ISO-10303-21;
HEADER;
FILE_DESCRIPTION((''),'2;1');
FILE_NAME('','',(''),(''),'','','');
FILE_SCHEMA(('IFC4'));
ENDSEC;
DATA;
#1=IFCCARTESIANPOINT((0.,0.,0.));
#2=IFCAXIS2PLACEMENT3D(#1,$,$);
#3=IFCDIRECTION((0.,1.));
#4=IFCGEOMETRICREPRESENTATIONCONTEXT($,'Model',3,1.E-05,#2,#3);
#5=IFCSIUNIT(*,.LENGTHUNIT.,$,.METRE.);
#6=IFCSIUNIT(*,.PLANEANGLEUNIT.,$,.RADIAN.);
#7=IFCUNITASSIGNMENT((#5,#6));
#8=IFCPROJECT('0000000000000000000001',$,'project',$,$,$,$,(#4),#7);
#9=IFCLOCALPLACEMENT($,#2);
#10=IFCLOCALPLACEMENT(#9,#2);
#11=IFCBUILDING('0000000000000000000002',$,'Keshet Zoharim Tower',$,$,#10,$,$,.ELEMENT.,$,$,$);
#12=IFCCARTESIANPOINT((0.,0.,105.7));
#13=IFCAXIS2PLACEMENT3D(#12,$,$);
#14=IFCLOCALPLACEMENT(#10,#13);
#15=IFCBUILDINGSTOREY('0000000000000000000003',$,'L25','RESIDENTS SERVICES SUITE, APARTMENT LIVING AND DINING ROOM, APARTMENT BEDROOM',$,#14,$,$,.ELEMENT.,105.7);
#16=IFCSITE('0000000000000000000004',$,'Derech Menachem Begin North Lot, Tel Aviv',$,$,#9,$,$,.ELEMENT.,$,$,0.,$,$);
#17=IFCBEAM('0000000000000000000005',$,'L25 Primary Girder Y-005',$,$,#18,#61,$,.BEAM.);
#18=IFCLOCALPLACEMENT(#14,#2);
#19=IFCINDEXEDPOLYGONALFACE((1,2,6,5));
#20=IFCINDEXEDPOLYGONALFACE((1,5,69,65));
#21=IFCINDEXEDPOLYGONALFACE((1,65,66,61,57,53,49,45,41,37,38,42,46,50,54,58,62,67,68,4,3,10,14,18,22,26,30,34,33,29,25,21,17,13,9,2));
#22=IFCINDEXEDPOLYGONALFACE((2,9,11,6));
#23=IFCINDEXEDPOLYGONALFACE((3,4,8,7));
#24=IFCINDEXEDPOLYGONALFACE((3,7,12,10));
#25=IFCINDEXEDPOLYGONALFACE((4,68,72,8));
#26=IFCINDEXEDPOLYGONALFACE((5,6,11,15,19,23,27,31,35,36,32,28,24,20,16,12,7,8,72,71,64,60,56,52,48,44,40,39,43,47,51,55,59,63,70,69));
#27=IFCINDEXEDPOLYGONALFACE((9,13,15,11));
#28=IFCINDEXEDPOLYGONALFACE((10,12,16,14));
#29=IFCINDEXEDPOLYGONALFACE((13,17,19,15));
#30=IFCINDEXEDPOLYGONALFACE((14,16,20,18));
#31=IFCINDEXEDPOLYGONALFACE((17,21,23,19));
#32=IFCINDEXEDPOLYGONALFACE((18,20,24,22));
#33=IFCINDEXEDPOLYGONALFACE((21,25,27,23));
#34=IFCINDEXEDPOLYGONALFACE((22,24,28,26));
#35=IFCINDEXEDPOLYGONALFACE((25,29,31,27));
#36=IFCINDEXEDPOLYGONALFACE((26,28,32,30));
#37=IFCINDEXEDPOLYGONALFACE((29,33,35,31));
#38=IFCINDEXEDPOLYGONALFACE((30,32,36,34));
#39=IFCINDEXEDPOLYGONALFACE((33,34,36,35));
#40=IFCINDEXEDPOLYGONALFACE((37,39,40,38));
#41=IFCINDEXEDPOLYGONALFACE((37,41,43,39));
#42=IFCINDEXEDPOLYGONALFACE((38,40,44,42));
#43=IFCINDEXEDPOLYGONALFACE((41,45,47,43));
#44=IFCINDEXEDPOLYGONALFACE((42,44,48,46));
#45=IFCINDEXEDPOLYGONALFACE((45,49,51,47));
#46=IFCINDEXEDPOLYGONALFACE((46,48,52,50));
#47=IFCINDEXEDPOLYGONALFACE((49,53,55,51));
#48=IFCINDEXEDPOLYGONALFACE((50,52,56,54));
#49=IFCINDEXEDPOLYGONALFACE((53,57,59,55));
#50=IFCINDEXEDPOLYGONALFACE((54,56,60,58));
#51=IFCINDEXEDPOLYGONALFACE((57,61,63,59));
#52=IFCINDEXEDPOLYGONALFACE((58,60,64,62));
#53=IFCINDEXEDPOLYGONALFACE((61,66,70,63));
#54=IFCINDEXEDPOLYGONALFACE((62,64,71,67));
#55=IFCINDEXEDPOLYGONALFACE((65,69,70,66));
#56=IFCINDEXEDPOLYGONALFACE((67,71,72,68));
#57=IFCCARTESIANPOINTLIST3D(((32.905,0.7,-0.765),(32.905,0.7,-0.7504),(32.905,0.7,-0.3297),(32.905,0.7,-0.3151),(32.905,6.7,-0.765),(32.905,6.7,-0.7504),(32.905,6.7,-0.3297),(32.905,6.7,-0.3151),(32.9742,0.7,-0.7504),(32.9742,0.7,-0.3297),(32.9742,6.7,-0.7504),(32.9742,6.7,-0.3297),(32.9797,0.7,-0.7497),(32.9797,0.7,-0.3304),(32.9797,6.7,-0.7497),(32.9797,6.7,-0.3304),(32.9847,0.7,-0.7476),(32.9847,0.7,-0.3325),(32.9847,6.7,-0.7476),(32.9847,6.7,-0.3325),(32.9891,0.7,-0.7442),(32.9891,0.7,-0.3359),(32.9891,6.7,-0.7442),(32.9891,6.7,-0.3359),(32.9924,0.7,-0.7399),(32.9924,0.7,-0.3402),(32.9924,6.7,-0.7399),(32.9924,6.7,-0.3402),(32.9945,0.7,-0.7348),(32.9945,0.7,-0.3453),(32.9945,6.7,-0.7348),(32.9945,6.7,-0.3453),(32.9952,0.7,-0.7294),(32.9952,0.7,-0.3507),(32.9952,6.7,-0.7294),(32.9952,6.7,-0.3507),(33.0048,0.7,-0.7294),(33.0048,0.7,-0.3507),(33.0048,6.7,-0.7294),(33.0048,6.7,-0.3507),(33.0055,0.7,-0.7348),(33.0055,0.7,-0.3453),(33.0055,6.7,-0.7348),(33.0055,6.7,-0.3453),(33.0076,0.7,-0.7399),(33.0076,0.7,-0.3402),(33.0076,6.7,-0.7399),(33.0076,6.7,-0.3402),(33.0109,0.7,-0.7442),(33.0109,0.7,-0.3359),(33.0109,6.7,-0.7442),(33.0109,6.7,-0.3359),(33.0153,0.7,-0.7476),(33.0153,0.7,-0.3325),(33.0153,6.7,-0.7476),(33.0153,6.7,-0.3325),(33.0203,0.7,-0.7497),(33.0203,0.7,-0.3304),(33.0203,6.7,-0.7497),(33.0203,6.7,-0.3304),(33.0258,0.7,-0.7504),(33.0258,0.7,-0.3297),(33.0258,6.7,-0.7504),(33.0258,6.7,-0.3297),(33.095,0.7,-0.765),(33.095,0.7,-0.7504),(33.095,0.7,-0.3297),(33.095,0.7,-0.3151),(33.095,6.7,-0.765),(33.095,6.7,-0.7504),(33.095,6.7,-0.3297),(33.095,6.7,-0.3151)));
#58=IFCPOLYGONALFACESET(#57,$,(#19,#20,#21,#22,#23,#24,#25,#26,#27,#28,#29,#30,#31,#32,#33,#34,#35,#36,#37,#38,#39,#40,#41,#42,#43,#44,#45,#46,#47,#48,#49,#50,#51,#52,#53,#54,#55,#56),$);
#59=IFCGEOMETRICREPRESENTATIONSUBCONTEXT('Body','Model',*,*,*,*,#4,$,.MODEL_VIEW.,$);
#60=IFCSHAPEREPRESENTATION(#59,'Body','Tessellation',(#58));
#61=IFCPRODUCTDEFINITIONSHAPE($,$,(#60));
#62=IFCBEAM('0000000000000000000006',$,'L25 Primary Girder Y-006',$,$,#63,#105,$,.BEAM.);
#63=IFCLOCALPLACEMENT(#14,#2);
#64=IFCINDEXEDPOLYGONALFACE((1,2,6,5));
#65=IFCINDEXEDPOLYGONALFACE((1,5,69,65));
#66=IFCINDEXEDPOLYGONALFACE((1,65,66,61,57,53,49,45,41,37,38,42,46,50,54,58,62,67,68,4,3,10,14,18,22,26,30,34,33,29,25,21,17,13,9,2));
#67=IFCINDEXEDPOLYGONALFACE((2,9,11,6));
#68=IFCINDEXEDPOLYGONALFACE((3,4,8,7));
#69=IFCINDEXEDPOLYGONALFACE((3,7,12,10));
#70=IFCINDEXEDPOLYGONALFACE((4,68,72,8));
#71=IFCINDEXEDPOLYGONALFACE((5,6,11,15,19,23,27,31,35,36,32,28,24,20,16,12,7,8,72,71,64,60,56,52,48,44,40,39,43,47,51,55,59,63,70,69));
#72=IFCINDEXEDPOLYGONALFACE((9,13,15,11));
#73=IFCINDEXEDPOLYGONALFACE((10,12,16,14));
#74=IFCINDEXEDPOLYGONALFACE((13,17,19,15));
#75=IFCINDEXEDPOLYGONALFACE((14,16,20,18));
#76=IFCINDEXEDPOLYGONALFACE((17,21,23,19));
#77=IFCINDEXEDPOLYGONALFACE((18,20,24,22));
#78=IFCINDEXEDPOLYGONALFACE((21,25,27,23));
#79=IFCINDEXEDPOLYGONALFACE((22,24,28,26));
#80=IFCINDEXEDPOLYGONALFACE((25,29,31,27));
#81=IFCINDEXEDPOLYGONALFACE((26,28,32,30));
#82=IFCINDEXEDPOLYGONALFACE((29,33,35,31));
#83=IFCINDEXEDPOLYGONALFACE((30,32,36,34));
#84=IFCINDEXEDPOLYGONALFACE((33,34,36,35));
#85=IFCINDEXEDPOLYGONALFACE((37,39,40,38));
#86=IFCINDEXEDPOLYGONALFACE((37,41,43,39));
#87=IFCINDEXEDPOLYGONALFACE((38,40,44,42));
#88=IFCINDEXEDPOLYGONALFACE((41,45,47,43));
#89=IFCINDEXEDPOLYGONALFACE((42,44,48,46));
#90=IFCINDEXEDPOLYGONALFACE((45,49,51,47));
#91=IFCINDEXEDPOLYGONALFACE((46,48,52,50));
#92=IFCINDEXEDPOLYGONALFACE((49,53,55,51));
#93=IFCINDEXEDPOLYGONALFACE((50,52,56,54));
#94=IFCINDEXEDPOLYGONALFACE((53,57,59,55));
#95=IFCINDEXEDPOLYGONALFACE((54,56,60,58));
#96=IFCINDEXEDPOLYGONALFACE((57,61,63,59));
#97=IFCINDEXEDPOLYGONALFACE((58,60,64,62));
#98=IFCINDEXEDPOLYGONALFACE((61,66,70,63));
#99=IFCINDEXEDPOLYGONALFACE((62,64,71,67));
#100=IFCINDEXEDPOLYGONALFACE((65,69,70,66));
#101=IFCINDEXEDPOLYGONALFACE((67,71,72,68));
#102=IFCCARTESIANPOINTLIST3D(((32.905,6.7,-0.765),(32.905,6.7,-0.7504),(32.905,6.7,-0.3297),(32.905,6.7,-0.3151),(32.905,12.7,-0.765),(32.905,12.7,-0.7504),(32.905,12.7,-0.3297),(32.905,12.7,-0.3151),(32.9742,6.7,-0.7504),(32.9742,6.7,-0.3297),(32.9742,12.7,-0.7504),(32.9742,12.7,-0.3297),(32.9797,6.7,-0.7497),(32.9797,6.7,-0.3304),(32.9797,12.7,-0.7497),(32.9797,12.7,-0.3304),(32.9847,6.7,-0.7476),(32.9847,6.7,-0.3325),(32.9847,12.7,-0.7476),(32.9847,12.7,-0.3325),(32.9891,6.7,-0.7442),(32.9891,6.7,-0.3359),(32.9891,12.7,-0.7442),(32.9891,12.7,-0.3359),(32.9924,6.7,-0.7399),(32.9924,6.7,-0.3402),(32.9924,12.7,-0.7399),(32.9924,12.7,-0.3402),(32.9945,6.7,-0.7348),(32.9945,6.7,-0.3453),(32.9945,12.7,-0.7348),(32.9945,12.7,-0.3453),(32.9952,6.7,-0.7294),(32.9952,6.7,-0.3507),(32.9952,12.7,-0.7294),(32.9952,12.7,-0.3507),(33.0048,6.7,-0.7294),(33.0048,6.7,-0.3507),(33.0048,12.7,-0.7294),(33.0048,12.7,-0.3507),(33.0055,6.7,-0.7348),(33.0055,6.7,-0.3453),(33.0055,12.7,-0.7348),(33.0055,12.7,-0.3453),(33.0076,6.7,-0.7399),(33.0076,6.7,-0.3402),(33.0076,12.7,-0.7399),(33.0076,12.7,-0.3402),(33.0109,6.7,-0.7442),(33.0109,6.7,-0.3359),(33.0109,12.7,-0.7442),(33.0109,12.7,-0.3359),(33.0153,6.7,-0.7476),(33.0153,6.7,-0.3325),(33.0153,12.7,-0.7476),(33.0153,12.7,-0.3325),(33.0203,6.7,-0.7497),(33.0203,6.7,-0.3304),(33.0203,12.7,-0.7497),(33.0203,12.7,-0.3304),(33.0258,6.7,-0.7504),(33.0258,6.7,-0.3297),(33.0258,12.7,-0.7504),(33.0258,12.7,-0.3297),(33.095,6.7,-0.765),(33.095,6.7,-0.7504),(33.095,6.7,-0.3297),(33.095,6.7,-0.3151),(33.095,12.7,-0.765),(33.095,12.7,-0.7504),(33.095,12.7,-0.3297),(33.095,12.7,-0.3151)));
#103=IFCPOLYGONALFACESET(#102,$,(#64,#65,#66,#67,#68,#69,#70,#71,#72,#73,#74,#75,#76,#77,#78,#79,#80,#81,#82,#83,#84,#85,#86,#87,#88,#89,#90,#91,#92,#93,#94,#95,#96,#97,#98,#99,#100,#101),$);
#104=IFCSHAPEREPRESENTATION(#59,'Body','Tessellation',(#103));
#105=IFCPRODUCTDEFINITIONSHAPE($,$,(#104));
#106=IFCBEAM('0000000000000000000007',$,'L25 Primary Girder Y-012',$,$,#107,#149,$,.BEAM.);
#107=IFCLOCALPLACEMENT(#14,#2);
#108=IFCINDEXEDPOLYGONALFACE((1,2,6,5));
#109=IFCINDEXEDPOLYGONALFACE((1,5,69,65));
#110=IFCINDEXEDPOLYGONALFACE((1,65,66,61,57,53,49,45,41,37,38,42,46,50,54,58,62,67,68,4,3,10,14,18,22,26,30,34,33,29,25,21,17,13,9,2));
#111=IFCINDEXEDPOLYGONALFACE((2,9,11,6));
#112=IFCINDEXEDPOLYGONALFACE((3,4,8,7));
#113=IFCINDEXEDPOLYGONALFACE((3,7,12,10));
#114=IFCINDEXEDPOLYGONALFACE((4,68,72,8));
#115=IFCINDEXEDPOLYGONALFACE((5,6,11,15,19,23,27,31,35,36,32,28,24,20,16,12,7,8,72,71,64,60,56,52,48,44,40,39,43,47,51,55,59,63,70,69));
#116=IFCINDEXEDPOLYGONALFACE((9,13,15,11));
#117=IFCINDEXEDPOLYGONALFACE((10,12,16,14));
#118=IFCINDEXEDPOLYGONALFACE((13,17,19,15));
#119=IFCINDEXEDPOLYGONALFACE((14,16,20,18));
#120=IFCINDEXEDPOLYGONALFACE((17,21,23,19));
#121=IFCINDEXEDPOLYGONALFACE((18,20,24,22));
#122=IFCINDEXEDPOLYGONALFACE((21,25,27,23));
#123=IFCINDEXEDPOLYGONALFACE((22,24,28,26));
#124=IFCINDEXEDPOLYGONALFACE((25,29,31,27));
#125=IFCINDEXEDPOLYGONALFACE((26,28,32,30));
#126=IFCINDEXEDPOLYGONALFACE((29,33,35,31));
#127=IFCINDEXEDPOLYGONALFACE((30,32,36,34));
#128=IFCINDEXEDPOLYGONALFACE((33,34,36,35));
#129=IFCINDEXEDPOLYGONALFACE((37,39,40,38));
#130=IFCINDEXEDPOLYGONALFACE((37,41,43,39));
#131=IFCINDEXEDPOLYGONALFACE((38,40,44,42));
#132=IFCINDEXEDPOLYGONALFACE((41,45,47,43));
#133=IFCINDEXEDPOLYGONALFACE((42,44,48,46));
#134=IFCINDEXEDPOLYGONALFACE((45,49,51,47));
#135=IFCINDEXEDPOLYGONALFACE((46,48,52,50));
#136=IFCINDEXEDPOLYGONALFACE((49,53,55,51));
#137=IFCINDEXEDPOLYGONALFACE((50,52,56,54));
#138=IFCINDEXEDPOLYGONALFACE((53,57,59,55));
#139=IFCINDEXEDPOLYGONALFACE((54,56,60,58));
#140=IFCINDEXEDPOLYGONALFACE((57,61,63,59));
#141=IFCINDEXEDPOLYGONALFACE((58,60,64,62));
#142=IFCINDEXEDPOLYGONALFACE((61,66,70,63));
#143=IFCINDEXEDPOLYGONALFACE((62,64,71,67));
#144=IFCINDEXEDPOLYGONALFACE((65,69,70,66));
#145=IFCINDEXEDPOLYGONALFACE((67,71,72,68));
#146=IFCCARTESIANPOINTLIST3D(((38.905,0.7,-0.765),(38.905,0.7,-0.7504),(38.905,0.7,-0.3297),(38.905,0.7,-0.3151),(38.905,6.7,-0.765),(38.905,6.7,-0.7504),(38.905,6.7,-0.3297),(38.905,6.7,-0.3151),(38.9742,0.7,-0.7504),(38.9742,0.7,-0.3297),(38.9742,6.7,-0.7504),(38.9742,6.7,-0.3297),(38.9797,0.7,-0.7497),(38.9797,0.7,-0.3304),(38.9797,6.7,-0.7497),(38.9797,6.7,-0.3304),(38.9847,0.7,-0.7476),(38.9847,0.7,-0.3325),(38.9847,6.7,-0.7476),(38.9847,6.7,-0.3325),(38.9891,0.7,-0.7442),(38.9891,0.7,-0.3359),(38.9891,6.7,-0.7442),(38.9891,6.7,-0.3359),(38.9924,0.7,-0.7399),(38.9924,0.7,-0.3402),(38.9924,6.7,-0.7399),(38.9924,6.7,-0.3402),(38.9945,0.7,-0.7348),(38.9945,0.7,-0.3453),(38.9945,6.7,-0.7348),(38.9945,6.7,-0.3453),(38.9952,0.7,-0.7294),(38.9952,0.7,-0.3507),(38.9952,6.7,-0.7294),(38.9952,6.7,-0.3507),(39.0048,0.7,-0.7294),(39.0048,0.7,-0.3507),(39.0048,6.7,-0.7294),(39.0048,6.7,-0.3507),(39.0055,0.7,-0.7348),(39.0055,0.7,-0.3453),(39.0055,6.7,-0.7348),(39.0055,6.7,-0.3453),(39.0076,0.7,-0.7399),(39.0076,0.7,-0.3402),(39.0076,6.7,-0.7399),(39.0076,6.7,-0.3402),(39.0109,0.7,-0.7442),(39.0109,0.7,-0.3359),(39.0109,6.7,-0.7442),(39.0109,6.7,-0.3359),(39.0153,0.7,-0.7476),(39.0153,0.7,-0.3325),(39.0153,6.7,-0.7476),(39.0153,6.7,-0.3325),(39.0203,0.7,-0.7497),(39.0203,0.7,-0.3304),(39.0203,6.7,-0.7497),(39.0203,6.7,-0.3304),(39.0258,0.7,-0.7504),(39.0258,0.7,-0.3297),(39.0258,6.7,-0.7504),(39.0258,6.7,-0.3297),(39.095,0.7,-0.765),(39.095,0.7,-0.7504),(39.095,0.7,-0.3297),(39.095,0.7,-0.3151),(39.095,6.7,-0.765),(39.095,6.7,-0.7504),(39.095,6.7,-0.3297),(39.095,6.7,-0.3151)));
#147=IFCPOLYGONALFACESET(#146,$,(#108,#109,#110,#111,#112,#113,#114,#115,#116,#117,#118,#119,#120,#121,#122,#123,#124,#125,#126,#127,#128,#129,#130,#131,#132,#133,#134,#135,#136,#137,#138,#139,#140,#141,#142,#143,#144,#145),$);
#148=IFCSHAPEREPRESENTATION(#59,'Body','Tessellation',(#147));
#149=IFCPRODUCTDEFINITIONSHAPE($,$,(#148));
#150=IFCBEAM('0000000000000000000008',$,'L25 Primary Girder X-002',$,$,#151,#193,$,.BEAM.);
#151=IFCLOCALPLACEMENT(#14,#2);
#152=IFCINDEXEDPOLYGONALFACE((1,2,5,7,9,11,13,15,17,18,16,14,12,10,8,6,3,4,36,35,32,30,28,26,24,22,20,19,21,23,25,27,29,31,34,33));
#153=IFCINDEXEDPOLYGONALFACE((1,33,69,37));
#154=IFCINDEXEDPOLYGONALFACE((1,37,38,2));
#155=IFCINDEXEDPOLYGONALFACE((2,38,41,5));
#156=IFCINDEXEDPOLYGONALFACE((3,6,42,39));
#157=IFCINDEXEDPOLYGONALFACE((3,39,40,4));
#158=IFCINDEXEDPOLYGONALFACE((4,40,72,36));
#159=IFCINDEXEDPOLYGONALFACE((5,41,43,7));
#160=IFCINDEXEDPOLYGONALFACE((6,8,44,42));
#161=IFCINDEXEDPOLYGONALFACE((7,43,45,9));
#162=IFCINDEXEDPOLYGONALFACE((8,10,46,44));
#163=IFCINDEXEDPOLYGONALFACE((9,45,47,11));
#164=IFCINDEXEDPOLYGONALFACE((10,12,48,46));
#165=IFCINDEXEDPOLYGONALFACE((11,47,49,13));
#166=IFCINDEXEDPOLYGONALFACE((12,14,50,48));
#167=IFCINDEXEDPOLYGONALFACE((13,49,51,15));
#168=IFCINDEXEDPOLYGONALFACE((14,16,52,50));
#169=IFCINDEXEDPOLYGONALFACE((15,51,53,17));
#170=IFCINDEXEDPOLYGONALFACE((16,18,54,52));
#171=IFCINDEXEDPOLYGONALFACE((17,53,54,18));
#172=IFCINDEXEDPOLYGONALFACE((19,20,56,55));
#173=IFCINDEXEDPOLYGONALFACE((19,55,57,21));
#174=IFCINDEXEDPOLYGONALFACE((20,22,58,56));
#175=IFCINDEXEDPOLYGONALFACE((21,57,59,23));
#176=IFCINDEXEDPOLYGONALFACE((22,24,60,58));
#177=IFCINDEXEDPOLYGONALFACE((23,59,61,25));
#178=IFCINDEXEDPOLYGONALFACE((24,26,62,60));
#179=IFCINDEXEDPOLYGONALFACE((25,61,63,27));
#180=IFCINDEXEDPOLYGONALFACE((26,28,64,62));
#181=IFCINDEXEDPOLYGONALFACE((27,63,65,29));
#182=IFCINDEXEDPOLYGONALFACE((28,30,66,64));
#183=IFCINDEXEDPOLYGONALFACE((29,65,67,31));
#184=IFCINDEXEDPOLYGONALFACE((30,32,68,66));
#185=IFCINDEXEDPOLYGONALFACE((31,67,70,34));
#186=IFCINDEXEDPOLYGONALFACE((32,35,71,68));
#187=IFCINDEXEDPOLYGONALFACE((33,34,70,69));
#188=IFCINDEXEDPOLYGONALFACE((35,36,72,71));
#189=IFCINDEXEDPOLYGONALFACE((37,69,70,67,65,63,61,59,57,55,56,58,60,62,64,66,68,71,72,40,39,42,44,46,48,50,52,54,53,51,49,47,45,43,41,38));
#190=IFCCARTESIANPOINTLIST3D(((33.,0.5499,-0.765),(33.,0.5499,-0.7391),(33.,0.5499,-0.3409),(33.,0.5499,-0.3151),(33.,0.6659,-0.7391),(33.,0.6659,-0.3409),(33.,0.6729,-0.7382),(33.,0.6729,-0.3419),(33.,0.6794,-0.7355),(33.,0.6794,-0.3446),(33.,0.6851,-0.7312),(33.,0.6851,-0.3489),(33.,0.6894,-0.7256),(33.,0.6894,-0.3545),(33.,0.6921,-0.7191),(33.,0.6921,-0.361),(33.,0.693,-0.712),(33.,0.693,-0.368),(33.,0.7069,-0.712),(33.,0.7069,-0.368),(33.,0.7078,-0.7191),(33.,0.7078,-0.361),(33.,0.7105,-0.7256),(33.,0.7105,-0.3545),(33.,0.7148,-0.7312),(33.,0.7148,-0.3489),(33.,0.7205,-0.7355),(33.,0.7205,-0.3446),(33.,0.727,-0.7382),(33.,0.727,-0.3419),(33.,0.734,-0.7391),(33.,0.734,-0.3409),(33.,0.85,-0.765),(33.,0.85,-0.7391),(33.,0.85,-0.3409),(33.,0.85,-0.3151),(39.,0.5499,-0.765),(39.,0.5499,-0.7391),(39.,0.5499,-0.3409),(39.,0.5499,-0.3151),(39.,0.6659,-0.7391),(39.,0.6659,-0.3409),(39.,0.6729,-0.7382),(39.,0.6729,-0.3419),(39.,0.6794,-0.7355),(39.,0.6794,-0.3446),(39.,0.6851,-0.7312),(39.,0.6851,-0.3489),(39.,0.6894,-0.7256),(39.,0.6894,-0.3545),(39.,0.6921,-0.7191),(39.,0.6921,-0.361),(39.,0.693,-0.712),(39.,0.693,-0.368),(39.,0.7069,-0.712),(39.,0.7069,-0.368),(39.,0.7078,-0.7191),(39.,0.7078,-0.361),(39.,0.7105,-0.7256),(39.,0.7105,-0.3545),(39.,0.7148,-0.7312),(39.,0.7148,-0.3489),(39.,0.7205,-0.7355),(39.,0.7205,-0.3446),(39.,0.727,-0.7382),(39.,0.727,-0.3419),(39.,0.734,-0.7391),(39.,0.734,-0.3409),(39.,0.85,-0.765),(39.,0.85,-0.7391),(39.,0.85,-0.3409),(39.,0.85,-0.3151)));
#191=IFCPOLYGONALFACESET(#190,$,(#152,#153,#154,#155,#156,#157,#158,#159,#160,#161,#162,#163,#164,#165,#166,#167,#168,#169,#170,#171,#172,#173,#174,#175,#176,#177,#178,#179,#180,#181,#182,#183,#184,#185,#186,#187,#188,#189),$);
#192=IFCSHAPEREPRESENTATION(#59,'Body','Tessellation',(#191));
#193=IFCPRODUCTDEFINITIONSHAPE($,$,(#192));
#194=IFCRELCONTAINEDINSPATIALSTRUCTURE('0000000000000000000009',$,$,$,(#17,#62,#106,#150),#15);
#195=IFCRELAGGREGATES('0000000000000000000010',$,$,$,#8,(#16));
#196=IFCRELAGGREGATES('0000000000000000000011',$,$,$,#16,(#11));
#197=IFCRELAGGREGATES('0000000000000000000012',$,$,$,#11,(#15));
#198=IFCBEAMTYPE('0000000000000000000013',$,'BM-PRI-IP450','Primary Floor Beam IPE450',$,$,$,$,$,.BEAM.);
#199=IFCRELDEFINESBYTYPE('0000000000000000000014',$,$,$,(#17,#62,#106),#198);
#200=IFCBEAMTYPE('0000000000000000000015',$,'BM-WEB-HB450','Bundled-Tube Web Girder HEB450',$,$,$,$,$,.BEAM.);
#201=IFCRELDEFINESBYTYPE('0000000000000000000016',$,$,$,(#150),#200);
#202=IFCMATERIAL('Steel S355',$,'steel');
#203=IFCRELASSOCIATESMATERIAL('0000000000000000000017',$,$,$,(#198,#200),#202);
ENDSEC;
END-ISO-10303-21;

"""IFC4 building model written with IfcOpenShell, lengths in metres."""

from ifc_helpers import new_model, si_unit, direction, frame, origin, origin_2d, place, context, subcontext, project, spatial, i_section, extrude, material, material_profile, profile_set, type_object, element, save


model = new_model("IFC4")

# Units and contexts
model_context = context("Model", 3, precision=1e-05, world=origin(), true_north=direction((0.0, 1.0)))
body_context = subcontext(model_context, "Body", "Model", "MODEL_VIEW")
ifc_project = project(units=[si_unit("LENGTHUNIT", "METRE"), si_unit("PLANEANGLEUNIT", "RADIAN")], contexts=[model_context])

# Site, building, storey
site_placement = place(None, origin())
site = spatial("IfcSite", under=ifc_project, at=site_placement, Name="Derech Menachem Begin North Lot, Tel Aviv", CompositionType="ELEMENT", RefElevation=0.0)
building_placement = place(site_placement, origin())
building = spatial("IfcBuilding", under=site, at=building_placement, Name="Keshet Zoharim Tower", CompositionType="ELEMENT")
storey_placement = place(building_placement, frame((0.0, 0.0, 105.7)))
storey = spatial("IfcBuildingStorey", under=building, at=storey_placement, Name="L25", Description="RESIDENTS SERVICES SUITE, APARTMENT LIVING AND DINING ROOM, APARTMENT BEDROOM", CompositionType="ELEMENT", Elevation=105.7)

# Shared definitions
ifc_material_1 = material(Name="Steel S355", Category="steel")

# Beams
ifc_material_profile_1 = material_profile(ifc_material_1, i_section(OverallWidth=0.1899, OverallDepth=0.45, WebThickness=0.0095, FlangeThickness=0.0146, FilletRadius=0.021, at=origin_2d()), Name="IPE450")
ifc_profile_set_1 = profile_set([ifc_material_profile_1], Name="Steel S355")
beam_type_1 = type_object("IfcBeamType", Name="BM-PRI-IP450", Description="Primary Floor Beam IPE450", PredefinedType="BEAM", material=ifc_profile_set_1)
for number, where, z_axis, x_axis, name in (
    (1, (33.0, 0.7, -0.54), (0.0, 1.0, 0.0), (-1.0, 0.0, 0.0), "L25 Primary Girder Y-005"),
    (2, (33.0, 6.7, -0.54), (0.0, 1.0, 0.0), (-1.0, 0.0, 0.0), "L25 Primary Girder Y-006"),
    (3, (39.0, 0.7, -0.54), (0.0, 1.0, 0.0), (-1.0, 0.0, 0.0), "L25 Primary Girder Y-012"),
):
    element("IfcBeam", number, at=place(storey_placement, frame(where, z_axis=z_axis, x_axis=x_axis)), inside=storey, type_object=beam_type_1, Name=name, PredefinedType="BEAM", context=body_context, shape_type="SweptSolid", body=[
        extrude(i_section(OverallWidth=0.1899, OverallDepth=0.45, WebThickness=0.0095, FlangeThickness=0.0146, FilletRadius=0.021, at=origin_2d()), origin(), (0.0, 0.0, 1.0), 6.0),
    ])
ifc_material_profile_2 = material_profile(ifc_material_1, i_section(OverallWidth=0.3, OverallDepth=0.45, WebThickness=0.0139, FlangeThickness=0.0259, FilletRadius=0.0271, at=origin_2d()), Name="HEB450")
ifc_profile_set_2 = profile_set([ifc_material_profile_2], Name="Steel S355")
beam_type_2 = type_object("IfcBeamType", Name="BM-WEB-HB450", Description="Bundled-Tube Web Girder HEB450", PredefinedType="BEAM", material=ifc_profile_set_2)
for number, where, z_axis, x_axis, name in (
    (4, (33.0, 0.7, -0.54), (1.0, 0.0, 0.0), (0.0, 1.0, 0.0), "L25 Primary Girder X-002"),
):
    element("IfcBeam", number, at=place(storey_placement, frame(where, z_axis=z_axis, x_axis=x_axis)), inside=storey, type_object=beam_type_2, Name=name, PredefinedType="BEAM", context=body_context, shape_type="SweptSolid", body=[
        extrude(i_section(OverallWidth=0.3, OverallDepth=0.45, WebThickness=0.0139, FlangeThickness=0.0259, FilletRadius=0.0271, at=origin_2d()), origin(), (0.0, 0.0, 1.0), 6.0),
    ])

save(model, "model.ifc")
